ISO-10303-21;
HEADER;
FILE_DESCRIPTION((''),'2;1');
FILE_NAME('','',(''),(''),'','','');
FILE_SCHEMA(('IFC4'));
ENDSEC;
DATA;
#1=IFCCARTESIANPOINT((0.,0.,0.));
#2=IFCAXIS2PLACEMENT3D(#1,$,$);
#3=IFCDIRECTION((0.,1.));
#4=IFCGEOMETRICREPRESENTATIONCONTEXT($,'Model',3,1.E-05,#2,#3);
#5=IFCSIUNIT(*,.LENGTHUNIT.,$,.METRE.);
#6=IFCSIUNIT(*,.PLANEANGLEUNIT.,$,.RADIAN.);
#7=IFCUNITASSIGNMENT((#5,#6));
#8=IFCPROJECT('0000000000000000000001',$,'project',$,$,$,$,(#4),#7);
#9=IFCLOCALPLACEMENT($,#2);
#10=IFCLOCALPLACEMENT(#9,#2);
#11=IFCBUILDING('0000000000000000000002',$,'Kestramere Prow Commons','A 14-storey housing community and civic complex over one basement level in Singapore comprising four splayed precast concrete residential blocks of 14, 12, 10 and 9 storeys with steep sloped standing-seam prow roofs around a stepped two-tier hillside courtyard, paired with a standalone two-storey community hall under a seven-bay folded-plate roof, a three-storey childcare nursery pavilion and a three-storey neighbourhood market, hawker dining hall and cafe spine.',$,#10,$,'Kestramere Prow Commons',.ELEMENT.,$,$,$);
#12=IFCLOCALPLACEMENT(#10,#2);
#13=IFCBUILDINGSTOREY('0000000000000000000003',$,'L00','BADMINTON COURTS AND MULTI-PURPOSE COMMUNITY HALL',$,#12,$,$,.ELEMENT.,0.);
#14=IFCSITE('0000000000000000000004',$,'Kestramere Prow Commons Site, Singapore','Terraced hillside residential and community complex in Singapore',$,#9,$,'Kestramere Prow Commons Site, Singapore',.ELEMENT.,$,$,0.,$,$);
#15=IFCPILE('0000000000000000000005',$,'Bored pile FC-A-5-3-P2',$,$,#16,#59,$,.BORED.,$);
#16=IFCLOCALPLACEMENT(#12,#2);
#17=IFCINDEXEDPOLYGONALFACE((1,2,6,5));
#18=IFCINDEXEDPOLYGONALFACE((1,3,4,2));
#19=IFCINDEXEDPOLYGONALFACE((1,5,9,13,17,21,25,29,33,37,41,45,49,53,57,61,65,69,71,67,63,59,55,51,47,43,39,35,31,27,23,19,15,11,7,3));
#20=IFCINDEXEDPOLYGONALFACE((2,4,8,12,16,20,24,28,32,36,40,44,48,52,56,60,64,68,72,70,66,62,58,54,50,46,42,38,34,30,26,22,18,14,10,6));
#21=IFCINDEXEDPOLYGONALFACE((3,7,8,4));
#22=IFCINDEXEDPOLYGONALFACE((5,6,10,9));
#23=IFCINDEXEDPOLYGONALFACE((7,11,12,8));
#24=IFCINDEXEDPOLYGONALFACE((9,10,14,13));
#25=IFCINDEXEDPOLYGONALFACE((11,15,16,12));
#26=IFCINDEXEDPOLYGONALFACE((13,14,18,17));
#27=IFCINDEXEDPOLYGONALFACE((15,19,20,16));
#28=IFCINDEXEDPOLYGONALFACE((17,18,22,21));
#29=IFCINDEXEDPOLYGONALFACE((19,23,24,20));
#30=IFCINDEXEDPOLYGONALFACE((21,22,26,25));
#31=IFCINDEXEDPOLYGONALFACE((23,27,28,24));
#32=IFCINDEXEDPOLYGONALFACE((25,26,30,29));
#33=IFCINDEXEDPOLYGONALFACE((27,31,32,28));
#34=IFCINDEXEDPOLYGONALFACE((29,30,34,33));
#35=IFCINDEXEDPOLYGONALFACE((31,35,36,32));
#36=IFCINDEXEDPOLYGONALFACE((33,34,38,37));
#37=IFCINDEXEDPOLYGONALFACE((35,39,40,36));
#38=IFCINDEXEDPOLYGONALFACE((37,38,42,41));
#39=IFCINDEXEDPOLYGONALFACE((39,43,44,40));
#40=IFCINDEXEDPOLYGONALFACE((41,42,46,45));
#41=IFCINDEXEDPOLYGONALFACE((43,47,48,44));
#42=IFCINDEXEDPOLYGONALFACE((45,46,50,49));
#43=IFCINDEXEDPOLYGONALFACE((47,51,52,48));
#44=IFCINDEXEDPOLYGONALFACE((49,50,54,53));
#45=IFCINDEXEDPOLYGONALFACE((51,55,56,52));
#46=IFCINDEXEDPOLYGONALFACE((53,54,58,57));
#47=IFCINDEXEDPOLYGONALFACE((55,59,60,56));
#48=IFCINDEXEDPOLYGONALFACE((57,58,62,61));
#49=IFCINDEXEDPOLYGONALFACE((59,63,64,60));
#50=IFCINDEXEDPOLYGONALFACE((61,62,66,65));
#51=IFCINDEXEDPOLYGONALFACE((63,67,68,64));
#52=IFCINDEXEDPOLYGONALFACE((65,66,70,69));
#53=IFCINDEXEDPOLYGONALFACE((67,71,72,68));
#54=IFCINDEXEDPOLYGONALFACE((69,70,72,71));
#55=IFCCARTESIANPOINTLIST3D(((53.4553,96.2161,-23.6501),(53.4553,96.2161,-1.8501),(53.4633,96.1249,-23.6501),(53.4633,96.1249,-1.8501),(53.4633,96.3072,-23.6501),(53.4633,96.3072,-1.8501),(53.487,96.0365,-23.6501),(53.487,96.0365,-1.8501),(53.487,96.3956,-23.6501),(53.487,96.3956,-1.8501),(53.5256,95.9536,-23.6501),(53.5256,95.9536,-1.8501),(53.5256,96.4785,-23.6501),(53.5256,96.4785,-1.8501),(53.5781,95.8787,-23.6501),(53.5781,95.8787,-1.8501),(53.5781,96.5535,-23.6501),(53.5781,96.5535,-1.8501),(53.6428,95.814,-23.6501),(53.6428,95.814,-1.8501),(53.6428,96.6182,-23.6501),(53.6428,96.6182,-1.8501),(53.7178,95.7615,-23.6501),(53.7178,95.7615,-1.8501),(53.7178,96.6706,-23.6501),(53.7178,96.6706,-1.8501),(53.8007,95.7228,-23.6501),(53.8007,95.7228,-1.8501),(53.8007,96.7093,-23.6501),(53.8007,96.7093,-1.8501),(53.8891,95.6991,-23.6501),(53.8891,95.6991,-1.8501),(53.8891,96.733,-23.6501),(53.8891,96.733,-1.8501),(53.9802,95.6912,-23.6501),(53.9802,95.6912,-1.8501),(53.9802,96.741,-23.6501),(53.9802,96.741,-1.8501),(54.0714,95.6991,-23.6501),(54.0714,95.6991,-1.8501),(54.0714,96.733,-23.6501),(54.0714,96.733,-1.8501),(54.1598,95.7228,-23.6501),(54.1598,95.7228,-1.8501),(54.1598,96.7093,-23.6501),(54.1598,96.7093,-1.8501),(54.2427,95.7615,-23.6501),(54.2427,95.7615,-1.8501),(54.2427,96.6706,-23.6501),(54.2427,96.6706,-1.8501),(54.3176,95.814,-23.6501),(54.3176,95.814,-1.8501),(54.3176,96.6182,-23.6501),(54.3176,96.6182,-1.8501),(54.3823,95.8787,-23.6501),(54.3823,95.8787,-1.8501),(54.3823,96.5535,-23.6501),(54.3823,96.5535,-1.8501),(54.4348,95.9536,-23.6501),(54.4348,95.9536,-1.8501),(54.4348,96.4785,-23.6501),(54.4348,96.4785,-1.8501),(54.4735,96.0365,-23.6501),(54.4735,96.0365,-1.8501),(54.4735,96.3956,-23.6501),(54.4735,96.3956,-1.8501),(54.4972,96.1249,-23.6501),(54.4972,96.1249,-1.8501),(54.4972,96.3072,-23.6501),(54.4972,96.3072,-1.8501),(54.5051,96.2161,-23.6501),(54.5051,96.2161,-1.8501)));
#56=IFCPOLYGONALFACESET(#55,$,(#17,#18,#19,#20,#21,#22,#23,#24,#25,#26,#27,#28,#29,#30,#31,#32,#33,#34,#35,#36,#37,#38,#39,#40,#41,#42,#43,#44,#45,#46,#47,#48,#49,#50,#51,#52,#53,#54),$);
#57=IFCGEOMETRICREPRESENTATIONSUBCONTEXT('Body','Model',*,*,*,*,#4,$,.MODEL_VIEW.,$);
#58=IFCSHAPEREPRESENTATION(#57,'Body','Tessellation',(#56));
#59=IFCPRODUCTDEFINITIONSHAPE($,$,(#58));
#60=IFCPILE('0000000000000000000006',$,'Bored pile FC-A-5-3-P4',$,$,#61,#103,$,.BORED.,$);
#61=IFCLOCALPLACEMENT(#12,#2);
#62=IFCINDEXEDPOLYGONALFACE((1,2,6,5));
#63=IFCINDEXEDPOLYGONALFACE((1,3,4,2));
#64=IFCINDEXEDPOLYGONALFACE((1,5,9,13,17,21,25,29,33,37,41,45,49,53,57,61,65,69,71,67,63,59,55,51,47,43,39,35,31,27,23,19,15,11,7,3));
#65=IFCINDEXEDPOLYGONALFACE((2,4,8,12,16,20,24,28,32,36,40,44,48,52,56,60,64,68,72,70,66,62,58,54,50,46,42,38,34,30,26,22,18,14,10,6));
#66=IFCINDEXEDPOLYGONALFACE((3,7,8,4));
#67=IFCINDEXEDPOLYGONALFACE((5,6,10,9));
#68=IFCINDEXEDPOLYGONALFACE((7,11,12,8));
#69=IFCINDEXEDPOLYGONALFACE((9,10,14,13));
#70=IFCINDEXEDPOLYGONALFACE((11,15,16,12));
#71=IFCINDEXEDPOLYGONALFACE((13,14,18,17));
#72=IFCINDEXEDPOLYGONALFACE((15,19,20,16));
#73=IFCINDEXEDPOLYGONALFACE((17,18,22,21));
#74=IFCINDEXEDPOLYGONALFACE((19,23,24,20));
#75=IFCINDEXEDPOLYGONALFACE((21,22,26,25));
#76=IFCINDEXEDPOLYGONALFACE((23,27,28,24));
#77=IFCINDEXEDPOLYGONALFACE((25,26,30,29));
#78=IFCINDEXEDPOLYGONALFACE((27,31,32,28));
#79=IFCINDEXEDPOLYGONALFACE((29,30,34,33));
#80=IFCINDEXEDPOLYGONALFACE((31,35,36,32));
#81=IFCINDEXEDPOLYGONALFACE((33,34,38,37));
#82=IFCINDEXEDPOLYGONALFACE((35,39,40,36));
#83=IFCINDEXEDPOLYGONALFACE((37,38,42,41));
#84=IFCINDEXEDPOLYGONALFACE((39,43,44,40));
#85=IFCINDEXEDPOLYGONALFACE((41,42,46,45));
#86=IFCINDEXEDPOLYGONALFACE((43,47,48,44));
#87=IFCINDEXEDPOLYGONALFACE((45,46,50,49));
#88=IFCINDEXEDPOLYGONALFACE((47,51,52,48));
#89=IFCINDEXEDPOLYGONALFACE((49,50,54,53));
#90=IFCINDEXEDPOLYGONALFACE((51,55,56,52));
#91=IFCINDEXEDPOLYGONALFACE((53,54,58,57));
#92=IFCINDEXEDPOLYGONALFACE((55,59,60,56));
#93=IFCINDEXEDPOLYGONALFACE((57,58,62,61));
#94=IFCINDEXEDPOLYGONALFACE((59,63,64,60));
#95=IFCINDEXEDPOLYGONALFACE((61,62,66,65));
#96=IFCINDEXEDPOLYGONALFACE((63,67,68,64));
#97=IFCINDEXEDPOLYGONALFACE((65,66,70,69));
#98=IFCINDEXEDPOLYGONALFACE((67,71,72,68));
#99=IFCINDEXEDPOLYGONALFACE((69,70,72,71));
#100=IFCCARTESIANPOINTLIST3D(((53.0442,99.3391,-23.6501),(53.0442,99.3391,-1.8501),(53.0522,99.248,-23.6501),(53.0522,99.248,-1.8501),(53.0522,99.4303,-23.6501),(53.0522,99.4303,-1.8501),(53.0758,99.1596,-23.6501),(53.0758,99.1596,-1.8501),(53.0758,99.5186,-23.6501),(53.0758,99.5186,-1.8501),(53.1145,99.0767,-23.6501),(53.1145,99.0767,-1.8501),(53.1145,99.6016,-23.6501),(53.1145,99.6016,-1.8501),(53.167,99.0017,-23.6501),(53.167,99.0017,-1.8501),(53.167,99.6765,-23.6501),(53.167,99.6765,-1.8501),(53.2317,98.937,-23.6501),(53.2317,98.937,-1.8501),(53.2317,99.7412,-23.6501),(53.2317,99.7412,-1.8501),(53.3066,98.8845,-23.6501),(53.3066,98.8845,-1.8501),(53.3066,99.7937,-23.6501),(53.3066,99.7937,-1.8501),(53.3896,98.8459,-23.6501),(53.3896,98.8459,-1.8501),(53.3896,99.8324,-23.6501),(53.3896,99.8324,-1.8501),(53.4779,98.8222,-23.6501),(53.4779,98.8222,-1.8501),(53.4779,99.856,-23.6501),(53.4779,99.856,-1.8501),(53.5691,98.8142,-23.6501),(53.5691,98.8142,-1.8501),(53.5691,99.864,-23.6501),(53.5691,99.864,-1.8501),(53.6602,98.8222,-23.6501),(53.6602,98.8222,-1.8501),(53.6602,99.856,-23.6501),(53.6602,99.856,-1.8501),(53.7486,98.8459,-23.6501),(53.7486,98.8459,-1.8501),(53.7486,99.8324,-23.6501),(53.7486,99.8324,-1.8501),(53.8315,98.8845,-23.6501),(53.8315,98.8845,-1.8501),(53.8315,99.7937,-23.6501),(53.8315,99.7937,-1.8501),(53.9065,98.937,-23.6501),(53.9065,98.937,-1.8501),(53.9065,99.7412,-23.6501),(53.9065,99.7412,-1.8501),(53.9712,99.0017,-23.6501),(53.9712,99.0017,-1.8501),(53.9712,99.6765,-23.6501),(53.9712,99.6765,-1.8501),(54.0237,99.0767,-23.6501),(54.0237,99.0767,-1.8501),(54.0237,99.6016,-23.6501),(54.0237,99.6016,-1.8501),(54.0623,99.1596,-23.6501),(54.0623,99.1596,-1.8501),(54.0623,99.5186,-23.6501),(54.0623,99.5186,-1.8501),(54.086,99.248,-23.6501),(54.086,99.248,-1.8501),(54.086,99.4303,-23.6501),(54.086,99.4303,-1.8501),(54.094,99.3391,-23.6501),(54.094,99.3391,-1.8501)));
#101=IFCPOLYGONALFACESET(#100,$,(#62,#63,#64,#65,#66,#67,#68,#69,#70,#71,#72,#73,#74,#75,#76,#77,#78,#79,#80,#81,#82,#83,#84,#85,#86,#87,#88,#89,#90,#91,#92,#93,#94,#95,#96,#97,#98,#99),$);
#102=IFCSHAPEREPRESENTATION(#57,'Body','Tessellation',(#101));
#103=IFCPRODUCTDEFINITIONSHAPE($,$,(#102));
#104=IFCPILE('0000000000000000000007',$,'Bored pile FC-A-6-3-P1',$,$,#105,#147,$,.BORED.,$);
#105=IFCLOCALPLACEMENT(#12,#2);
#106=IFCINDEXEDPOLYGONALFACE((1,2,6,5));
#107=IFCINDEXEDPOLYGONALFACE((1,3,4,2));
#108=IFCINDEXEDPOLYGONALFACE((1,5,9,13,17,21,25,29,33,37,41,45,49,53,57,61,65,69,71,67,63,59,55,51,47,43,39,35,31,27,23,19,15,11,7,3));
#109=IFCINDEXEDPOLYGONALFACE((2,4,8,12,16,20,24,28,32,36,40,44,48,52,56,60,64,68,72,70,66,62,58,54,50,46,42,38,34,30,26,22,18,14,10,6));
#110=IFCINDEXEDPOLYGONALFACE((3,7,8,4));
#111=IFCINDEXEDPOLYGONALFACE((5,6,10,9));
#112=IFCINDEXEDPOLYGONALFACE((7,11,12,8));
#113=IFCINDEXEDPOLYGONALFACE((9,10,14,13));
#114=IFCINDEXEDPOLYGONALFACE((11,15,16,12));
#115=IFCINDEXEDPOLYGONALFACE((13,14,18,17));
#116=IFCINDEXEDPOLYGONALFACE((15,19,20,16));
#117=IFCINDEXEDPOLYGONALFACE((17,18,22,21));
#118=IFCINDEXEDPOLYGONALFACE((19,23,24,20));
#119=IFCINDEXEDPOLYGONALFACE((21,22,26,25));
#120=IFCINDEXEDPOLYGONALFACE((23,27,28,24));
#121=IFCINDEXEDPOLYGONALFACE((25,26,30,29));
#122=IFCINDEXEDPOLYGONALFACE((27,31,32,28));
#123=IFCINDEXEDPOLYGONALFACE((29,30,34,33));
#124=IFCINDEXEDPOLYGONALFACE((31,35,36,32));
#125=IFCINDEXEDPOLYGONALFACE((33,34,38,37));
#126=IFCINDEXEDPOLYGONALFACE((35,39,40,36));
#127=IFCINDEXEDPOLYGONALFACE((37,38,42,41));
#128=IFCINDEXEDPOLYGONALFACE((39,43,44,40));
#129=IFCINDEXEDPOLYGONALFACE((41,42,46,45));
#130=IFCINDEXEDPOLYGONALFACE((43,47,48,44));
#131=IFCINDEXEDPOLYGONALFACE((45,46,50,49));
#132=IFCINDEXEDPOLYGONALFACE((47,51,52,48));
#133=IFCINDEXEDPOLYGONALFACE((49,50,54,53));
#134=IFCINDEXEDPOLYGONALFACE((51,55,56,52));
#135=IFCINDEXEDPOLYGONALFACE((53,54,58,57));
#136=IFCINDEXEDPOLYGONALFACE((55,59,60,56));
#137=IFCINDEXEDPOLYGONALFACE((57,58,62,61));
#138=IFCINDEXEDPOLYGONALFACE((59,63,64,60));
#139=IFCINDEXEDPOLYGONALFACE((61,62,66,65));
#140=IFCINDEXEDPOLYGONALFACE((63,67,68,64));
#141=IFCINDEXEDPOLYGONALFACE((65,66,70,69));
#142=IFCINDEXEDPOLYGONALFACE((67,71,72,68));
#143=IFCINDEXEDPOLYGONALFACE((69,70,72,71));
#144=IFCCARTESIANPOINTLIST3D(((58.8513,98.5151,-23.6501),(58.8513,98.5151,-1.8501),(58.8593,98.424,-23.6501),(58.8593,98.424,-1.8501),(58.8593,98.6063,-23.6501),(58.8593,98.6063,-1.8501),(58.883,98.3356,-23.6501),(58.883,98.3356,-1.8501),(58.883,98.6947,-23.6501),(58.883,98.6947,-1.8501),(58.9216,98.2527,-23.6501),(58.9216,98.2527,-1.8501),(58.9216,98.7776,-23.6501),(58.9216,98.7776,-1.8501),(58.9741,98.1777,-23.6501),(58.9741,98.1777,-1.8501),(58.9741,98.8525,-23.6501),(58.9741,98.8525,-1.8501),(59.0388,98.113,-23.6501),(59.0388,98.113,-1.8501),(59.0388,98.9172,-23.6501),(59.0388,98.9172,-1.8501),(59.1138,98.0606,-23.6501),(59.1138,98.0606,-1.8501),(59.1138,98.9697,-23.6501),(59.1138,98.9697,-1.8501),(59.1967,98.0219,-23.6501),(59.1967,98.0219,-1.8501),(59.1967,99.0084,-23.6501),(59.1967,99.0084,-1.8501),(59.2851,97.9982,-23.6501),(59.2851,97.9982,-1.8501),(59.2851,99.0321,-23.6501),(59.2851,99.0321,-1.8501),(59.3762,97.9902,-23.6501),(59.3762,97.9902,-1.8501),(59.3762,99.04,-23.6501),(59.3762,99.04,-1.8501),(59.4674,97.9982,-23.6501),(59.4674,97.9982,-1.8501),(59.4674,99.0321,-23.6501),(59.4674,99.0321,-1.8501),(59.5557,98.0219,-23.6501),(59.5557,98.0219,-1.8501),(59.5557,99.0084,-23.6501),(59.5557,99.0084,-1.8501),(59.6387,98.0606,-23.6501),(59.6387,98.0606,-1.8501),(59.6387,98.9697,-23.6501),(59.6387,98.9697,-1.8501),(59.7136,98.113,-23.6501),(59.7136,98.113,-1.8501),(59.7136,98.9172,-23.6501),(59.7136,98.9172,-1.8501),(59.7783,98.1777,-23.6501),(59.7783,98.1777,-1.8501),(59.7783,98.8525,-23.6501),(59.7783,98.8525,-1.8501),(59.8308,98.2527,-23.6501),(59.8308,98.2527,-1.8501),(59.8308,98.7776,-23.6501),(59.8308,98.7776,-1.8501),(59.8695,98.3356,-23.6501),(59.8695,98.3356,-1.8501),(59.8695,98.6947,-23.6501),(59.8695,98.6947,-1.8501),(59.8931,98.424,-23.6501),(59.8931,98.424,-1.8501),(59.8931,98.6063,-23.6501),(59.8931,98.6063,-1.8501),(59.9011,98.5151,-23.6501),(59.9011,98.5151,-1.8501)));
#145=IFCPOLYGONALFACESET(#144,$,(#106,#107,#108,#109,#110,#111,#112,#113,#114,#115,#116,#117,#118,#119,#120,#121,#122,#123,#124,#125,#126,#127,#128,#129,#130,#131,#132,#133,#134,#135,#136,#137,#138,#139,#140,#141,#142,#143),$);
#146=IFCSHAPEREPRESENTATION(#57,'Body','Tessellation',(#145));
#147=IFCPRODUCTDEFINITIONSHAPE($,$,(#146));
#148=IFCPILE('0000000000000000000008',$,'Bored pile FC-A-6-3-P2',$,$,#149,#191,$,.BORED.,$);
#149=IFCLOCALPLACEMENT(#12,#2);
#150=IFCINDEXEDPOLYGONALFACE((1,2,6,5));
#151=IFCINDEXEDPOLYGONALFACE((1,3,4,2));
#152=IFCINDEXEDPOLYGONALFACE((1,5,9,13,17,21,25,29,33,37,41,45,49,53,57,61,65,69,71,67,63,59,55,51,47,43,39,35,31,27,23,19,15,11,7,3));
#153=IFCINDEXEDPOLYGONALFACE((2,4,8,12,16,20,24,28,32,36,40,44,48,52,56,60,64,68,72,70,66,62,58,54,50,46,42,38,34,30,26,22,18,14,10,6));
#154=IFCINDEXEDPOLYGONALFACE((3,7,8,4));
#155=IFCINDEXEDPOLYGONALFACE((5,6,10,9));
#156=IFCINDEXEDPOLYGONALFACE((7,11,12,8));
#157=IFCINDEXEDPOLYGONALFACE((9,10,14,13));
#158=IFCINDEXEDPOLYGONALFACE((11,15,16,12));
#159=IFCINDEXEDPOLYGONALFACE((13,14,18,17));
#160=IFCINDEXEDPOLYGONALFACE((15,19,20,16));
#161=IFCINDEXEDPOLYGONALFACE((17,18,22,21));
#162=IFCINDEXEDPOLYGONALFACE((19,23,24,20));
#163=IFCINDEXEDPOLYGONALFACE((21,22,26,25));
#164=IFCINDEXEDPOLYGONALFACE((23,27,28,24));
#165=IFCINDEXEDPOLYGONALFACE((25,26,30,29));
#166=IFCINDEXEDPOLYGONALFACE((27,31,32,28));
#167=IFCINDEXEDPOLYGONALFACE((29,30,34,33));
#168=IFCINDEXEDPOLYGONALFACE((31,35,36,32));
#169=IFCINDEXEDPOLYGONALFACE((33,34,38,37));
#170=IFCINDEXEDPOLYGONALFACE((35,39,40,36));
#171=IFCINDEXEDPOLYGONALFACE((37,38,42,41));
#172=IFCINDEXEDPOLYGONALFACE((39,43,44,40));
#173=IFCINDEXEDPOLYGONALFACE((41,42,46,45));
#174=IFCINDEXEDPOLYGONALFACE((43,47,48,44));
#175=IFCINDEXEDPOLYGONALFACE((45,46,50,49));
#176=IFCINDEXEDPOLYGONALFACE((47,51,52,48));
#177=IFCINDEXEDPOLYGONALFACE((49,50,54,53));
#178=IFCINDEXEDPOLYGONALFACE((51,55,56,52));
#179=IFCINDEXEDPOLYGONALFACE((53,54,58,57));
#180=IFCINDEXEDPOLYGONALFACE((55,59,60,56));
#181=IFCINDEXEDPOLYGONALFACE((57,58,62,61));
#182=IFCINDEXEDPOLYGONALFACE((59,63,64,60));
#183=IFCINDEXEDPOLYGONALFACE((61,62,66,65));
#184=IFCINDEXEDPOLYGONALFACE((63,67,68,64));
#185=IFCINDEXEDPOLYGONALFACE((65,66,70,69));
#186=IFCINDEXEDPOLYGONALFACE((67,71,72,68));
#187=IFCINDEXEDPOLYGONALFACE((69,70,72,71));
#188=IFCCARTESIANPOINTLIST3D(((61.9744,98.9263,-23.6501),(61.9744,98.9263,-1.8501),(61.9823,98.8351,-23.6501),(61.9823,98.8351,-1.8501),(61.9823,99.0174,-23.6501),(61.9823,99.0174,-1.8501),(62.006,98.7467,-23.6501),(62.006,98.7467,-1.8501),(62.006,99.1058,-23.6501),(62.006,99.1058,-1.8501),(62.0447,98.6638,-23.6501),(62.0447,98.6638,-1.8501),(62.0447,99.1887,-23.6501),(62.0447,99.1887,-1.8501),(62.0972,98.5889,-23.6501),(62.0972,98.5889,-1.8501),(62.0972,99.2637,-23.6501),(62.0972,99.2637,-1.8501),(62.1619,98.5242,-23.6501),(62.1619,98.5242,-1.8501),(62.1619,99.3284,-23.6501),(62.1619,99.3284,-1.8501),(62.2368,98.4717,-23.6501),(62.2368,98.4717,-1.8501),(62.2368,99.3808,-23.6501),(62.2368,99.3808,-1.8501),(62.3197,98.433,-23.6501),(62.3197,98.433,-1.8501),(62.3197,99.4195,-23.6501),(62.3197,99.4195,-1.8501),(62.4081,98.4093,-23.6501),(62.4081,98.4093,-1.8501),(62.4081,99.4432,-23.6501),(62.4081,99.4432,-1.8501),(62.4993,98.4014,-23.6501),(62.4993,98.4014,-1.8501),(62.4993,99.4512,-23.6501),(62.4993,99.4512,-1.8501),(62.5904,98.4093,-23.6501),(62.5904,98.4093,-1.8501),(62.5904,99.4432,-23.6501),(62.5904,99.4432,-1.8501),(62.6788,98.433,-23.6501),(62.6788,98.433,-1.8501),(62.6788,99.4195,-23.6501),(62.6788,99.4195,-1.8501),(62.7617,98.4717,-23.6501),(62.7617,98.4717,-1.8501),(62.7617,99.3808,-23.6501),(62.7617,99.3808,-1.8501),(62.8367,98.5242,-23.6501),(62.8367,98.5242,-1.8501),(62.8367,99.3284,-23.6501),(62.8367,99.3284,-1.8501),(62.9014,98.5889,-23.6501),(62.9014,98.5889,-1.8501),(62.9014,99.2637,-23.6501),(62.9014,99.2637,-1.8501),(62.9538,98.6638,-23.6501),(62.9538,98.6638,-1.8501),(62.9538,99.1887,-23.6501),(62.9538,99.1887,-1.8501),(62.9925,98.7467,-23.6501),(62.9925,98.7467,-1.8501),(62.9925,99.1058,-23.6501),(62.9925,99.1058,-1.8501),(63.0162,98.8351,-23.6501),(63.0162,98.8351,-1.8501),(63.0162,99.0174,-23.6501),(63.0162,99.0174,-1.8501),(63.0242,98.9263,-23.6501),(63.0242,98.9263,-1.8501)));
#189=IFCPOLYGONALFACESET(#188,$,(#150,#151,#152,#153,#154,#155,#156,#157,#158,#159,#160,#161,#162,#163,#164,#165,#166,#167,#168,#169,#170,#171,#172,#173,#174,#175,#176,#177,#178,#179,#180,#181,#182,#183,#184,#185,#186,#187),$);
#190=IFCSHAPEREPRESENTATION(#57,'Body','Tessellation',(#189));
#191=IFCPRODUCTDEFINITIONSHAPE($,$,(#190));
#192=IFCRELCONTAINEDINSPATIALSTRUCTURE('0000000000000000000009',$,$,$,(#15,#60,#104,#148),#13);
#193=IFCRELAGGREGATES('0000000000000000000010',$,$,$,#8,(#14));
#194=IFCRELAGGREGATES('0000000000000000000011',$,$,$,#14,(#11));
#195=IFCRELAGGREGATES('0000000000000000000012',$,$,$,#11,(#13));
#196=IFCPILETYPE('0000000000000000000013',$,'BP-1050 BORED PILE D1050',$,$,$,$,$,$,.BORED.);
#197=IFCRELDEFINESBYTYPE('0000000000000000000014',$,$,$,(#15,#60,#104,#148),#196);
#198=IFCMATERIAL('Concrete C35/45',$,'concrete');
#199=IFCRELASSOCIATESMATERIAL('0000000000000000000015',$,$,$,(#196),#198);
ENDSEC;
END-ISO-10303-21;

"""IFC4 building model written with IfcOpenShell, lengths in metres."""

from ifc_helpers import new_model, si_unit, direction, frame, origin, origin_2d, place, context, subcontext, project, spatial, circle, extrude, material, material_profile, profile_set, type_object, element, save


model = new_model("IFC4")

# Units and contexts
model_context = context("Model", 3, precision=1e-05, world=origin(), true_north=direction((0.0, 1.0)))
body_context = subcontext(model_context, "Body", "Model", "MODEL_VIEW")
ifc_project = project(units=[si_unit("LENGTHUNIT", "METRE"), si_unit("PLANEANGLEUNIT", "RADIAN")], contexts=[model_context])

# Site, building, storey
site_placement = place(None, origin())
site = spatial("IfcSite", under=ifc_project, at=site_placement, Name="Kestramere Prow Commons Site, Singapore", Description="Terraced hillside residential and community complex in Singapore", LongName="Kestramere Prow Commons Site, Singapore", CompositionType="ELEMENT", RefElevation=0.0)
building_placement = place(site_placement, origin())
building = spatial("IfcBuilding", under=site, at=building_placement, Name="Kestramere Prow Commons", Description="A 14-storey housing community and civic complex over one basement level in Singapore comprising four splayed precast concrete residential blocks of 14, 12, 10 and 9 storeys with steep sloped standing-seam prow roofs around a stepped two-tier hillside courtyard, paired with a standalone two-storey community hall under a seven-bay folded-plate roof, a three-storey childcare nursery pavilion and a three-storey neighbourhood market, hawker dining hall and cafe spine.", LongName="Kestramere Prow Commons", CompositionType="ELEMENT")
storey_placement = place(building_placement, origin())
storey = spatial("IfcBuildingStorey", under=building, at=storey_placement, Name="L00", Description="BADMINTON COURTS AND MULTI-PURPOSE COMMUNITY HALL", CompositionType="ELEMENT", Elevation=0.0)

# Piles
ifc_material_1 = material(Name="Concrete C35/45", Category="concrete")
ifc_material_profile_1 = material_profile(ifc_material_1, circle(Radius=0.5249, at=origin_2d()), Name="BORED PILE D1050")
ifc_profile_set_1 = profile_set([ifc_material_profile_1], Name="Concrete C35/45")
pile_type_1 = type_object("IfcPileType", Name="BP-1050 BORED PILE D1050", PredefinedType="BORED", material=ifc_profile_set_1)
for number, where, z_axis, x_axis, name in (
    (1, (53.9802, 96.2161, -1.8501), (0.0, 0.0, -1.0), (1.0, 0.0, 0.0), "Bored pile FC-A-5-3-P2"),
    (2, (53.5691, 99.3391, -1.8501), (0.0, 0.0, -1.0), (1.0, 0.0, 0.0), "Bored pile FC-A-5-3-P4"),
    (3, (59.3762, 98.5151, -1.8501), (0.0, 0.0, -1.0), (1.0, 0.0, 0.0), "Bored pile FC-A-6-3-P1"),
    (4, (62.4993, 98.9263, -1.8501), (0.0, 0.0, -1.0), (1.0, 0.0, 0.0), "Bored pile FC-A-6-3-P2"),
):
    element("IfcPile", number, at=place(storey_placement, frame(where, z_axis=z_axis, x_axis=x_axis)), inside=storey, type_object=pile_type_1, Name=name, PredefinedType="BORED", context=body_context, shape_type="SweptSolid", body=[
        extrude(circle(Radius=0.5249, at=origin_2d()), origin(), (0.0, 0.0, 1.0), 21.8),
    ])

save(model, "model.ifc")
